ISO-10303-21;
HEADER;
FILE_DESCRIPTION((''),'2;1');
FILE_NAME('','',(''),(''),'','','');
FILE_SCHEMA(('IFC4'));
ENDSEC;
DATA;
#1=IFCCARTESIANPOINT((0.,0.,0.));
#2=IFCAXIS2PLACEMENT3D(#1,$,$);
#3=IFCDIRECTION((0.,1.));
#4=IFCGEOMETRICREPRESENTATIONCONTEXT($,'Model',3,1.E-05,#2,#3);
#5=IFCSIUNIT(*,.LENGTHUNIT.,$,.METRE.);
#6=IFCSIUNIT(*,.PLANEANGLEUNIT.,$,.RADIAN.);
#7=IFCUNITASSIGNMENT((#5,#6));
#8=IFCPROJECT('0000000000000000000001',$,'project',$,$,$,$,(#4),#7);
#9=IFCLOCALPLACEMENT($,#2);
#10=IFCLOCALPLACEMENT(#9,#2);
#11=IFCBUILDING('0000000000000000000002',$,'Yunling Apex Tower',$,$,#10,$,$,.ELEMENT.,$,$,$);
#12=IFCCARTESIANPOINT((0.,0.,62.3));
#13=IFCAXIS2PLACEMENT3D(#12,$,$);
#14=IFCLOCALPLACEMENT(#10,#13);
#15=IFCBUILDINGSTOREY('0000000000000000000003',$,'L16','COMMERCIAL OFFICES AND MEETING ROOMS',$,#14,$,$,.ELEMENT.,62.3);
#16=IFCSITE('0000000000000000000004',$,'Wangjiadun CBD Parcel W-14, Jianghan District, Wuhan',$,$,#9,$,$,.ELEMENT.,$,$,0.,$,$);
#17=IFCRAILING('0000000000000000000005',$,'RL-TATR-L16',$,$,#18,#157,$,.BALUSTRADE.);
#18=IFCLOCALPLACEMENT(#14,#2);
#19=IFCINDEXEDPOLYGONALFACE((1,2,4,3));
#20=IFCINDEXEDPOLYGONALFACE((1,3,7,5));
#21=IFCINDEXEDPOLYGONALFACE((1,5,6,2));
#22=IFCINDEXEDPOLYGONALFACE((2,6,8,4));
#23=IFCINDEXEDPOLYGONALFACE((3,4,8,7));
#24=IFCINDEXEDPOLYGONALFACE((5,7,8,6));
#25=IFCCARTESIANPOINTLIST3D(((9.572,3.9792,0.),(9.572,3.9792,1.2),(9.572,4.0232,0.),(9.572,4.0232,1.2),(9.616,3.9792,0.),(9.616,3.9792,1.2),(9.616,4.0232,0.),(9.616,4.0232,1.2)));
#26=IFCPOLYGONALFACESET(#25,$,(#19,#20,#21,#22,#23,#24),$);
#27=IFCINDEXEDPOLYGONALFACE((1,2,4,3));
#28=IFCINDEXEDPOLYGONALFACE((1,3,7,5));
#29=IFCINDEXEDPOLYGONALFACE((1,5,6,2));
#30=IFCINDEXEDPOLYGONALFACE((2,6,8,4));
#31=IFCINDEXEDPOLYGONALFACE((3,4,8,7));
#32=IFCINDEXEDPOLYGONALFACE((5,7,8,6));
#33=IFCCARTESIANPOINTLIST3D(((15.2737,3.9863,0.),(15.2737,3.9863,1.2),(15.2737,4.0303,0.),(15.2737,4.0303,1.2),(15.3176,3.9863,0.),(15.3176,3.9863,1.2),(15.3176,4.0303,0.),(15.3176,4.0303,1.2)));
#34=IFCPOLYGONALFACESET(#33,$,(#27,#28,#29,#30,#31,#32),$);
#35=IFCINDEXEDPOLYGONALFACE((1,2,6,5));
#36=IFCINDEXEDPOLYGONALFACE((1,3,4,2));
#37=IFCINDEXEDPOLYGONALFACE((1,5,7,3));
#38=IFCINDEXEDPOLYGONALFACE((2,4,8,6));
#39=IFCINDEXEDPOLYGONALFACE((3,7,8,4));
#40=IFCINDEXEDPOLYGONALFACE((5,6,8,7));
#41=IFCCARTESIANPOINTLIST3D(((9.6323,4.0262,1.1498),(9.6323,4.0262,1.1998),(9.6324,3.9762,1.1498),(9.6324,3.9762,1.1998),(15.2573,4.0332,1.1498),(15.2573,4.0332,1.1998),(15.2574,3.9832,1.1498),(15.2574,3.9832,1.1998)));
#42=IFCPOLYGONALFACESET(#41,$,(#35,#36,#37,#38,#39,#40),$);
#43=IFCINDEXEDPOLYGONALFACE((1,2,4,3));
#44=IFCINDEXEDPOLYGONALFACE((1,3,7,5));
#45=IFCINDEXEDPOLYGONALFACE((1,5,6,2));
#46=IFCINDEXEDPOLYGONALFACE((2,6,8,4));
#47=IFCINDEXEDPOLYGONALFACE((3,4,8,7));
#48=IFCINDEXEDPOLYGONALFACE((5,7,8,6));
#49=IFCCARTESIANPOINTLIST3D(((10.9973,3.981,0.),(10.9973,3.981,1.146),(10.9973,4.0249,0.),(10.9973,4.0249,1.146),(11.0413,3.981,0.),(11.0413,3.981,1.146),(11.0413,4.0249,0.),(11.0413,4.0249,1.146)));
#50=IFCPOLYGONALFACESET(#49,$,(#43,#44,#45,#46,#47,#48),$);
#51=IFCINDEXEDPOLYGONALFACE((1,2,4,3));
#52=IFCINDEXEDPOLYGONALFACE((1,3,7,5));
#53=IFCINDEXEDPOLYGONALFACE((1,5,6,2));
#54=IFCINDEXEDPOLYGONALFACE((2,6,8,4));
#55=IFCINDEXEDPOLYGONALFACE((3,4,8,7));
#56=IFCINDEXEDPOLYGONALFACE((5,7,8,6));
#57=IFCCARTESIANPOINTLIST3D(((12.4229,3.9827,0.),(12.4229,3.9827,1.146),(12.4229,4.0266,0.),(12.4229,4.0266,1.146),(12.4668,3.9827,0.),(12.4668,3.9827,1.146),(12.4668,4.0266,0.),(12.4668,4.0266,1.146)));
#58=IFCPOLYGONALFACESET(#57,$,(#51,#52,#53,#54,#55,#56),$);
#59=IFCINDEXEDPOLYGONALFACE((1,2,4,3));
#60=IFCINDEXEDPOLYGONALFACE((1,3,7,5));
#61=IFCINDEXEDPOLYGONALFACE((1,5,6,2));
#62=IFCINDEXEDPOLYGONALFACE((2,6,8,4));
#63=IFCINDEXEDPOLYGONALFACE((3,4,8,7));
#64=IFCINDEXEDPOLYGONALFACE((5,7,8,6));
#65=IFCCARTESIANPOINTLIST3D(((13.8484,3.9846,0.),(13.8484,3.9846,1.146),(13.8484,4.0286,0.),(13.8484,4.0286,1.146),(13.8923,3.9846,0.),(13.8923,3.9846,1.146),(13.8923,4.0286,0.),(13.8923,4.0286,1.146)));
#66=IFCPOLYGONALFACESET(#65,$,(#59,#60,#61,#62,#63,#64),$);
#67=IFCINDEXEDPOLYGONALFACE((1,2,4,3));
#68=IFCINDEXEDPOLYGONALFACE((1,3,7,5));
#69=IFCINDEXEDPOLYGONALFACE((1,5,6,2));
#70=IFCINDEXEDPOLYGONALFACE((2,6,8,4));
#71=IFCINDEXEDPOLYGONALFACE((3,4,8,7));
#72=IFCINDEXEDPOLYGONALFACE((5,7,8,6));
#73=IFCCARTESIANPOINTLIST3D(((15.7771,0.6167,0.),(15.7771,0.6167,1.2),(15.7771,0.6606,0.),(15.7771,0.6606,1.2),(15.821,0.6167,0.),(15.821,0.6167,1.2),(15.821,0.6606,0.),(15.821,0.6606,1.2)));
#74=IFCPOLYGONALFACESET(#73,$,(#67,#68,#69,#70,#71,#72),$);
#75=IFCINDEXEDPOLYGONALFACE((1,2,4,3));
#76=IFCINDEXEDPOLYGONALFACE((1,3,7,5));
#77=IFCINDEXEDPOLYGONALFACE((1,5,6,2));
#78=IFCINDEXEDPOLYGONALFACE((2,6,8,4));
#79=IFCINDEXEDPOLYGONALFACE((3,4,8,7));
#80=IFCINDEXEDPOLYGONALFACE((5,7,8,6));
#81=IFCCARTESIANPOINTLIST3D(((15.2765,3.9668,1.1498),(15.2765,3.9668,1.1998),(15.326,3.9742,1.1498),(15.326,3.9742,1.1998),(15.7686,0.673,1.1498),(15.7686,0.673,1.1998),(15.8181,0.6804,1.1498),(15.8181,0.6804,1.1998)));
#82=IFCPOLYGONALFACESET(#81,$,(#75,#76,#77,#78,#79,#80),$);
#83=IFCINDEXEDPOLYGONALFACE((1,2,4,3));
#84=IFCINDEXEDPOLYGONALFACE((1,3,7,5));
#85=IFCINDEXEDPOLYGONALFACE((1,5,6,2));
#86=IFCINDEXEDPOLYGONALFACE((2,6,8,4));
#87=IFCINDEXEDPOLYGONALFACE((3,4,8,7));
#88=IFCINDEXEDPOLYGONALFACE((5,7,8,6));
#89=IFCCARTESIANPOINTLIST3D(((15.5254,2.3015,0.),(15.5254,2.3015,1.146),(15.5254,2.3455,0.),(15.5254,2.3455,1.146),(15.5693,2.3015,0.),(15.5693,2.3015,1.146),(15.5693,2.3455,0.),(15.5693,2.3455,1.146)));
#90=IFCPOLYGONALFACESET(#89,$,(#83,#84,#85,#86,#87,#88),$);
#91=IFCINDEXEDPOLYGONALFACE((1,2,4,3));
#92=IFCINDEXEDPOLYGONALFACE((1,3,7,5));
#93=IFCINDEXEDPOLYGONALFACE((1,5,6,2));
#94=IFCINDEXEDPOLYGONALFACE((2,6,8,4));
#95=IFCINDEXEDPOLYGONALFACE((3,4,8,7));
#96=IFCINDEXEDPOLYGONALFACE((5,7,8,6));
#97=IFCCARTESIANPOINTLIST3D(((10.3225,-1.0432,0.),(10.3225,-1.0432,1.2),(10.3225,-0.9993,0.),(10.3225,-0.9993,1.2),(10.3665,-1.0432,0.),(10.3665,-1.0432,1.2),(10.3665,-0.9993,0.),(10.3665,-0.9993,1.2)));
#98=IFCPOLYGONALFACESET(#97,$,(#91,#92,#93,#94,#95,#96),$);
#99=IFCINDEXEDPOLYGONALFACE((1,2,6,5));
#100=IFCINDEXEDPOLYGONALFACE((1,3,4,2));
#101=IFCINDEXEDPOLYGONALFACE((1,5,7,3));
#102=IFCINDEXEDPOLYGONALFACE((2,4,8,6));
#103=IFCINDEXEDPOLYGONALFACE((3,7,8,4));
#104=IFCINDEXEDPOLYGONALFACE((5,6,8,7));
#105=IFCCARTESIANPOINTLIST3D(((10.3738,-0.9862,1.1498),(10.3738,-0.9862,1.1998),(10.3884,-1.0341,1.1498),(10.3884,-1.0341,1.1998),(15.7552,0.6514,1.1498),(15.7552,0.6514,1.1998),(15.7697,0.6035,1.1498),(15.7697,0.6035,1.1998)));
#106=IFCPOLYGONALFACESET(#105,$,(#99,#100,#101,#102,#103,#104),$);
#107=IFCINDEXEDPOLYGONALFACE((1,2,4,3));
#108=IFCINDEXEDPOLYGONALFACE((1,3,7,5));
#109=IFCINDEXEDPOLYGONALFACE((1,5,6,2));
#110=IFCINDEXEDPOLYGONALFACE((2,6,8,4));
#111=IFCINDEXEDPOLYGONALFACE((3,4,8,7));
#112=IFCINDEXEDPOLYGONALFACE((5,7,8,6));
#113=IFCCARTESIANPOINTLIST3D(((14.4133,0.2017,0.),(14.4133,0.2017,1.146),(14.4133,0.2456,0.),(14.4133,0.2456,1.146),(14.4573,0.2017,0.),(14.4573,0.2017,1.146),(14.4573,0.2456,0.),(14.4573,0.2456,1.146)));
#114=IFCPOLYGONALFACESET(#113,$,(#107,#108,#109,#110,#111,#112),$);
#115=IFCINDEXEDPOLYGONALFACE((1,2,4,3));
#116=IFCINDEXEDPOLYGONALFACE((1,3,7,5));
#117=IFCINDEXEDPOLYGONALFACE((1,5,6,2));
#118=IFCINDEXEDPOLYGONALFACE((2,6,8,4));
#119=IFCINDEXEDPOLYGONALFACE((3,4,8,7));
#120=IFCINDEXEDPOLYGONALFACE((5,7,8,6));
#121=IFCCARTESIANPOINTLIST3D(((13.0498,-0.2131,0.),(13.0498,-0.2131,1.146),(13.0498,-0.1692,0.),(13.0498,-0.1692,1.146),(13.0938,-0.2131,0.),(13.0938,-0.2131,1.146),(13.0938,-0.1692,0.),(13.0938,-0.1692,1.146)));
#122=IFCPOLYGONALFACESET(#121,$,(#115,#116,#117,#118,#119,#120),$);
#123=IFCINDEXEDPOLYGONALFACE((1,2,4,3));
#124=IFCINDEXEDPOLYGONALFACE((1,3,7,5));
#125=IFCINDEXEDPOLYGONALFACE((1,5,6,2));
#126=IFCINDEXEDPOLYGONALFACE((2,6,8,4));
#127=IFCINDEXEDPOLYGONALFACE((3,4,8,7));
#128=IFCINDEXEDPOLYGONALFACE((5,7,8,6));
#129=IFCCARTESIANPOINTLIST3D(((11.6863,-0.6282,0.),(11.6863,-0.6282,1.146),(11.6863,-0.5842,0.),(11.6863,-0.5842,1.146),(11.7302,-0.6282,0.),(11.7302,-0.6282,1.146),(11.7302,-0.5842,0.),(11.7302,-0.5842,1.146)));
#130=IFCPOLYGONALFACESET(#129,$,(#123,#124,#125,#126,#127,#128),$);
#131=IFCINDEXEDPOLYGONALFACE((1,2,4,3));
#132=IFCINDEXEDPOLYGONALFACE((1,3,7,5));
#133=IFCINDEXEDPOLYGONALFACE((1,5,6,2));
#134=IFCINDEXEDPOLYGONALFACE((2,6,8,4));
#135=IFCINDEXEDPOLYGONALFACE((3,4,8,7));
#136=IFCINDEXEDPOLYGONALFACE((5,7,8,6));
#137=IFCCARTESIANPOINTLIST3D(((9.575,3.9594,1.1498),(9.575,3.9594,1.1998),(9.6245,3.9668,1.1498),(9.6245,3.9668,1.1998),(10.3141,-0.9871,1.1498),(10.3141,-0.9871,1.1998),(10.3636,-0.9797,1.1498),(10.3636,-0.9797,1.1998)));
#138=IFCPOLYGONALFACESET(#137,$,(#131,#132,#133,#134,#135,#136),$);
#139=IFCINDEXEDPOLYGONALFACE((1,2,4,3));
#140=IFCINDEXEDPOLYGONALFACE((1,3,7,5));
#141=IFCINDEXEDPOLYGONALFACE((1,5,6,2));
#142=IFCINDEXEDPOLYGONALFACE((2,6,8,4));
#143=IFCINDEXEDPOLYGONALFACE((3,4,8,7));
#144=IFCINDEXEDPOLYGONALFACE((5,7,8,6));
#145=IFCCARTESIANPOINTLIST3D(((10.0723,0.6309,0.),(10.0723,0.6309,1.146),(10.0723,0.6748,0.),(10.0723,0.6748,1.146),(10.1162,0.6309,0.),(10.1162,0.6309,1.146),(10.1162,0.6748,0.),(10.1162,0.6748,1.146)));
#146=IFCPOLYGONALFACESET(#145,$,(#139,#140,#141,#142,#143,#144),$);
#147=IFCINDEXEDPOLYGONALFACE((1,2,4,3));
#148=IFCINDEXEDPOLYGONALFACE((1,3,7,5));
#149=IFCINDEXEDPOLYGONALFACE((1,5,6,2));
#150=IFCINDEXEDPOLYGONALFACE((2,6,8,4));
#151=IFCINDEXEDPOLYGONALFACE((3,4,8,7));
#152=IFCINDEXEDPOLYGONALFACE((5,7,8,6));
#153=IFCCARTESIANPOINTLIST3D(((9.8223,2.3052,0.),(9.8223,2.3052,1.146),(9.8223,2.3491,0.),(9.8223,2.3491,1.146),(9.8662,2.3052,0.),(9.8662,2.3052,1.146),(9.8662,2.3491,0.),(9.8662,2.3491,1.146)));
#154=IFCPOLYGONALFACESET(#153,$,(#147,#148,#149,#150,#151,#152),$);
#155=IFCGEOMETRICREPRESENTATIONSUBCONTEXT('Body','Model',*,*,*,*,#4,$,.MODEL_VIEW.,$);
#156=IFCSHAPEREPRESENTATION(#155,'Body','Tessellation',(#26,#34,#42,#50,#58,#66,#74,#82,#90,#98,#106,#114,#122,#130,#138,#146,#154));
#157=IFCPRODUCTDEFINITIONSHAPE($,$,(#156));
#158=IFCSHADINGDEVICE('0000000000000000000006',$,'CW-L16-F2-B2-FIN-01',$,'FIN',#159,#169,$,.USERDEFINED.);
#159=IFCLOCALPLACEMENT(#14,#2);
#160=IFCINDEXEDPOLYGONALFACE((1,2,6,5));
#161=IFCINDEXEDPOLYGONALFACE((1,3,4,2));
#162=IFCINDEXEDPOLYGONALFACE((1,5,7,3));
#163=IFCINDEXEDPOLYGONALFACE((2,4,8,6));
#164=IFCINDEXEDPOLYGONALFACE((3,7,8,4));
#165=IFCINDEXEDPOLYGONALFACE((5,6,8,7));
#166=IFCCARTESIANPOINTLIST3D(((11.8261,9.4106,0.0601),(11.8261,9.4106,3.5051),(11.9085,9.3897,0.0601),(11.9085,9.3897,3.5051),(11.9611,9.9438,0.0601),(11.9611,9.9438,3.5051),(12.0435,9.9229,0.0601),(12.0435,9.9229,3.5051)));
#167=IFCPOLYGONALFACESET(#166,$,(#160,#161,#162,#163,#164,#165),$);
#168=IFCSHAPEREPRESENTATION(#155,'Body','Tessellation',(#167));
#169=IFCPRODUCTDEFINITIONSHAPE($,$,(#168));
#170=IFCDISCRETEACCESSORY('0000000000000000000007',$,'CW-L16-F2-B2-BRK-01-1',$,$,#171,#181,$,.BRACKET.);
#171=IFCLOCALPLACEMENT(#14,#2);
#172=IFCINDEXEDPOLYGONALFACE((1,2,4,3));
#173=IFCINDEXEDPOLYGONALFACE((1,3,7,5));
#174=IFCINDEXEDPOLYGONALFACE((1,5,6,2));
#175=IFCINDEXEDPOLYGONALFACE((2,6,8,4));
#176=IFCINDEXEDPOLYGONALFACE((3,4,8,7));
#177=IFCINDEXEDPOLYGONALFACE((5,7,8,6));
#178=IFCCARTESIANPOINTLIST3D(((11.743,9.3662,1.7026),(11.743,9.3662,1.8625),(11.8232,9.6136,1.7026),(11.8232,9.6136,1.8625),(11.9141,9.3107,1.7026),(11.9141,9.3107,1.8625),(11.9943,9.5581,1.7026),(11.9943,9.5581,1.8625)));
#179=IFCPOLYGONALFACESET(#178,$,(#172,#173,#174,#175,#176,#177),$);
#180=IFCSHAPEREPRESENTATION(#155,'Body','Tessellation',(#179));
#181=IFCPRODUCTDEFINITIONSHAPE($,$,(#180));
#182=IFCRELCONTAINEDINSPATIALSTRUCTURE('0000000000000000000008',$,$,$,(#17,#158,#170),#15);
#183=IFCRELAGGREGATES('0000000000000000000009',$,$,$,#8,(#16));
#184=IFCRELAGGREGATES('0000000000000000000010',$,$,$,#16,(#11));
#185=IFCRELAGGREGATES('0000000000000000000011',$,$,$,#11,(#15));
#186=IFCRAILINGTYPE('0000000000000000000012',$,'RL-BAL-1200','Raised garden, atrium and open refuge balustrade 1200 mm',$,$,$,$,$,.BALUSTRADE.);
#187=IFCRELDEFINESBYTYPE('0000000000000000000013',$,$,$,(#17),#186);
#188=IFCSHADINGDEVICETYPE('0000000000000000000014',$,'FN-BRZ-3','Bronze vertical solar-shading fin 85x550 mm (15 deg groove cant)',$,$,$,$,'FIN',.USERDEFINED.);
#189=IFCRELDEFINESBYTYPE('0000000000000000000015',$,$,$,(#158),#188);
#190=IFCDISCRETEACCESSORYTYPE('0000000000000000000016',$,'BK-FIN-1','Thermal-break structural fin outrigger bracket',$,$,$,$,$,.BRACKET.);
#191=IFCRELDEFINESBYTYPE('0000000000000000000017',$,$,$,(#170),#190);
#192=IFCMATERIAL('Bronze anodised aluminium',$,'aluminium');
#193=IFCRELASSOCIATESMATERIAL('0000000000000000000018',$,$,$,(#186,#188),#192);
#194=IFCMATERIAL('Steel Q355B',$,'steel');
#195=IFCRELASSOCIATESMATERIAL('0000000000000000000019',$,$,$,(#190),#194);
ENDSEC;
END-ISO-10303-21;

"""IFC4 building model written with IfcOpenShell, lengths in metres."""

from ifc_helpers import new_model, si_unit, direction, frame, origin, origin_2d, place, context, subcontext, project, spatial, rectangle, extrude, source, transform, mapped, material, material_profile, profile_set, type_object, element, save


model = new_model("IFC4")

# Units and contexts
model_context = context("Model", 3, precision=1e-05, world=origin(), true_north=direction((0.0, 1.0)))
body_context = subcontext(model_context, "Body", "Model", "MODEL_VIEW")
ifc_project = project(units=[si_unit("LENGTHUNIT", "METRE"), si_unit("PLANEANGLEUNIT", "RADIAN")], contexts=[model_context])

# Site, building, storey
site_placement = place(None, origin())
site = spatial("IfcSite", under=ifc_project, at=site_placement, Name="Wangjiadun CBD Parcel W-14, Jianghan District, Wuhan", CompositionType="ELEMENT", RefElevation=0.0)
building_placement = place(site_placement, origin())
building = spatial("IfcBuilding", under=site, at=building_placement, Name="Yunling Apex Tower", CompositionType="ELEMENT")
storey_placement = place(building_placement, frame((0.0, 0.0, 62.3)))
storey = spatial("IfcBuildingStorey", under=building, at=storey_placement, Name="L16", Description="COMMERCIAL OFFICES AND MEETING ROOMS", CompositionType="ELEMENT", Elevation=62.3)

# Shared definitions
ifc_material_1 = material(Name="Steel Q355B", Category="steel")

# Shared definitions
ifc_material_2 = material(Name="Bronze anodised aluminium", Category="aluminium")

# Railing
railing_type = type_object("IfcRailingType", Name="RL-BAL-1200", Description="Raised garden, atrium and open refuge balustrade 1200 mm", PredefinedType="BALUSTRADE", material=ifc_material_2)
railing_1_placement = place(storey_placement, frame((9.594, 4.0012, 0.0)))
element("IfcRailing", 1, at=railing_1_placement, inside=storey, type_object=railing_type, Name="RL-TATR-L16", PredefinedType="BALUSTRADE", context=body_context, shape_type="SweptSolid", body=[
    extrude(rectangle(XDim=0.0439, YDim=0.0439, at=origin_2d()), origin(), (0.0, 0.0, 1.0), 1.2),
    extrude(rectangle(XDim=0.0439, YDim=0.0439, at=origin_2d()), frame((5.7017, 0.0071, 0.0)), (0.0, 0.0, 1.0), 1.2),
    extrude(rectangle(XDim=0.05, YDim=0.05, at=origin_2d()), frame((0.0383, 0.0, 1.1748), z_axis=(0.999999, 0.001242, 0.0), x_axis=(-0.001242, 0.999999, 0.0)), (0.0, 0.0, 1.0), 5.625),
    extrude(rectangle(XDim=0.0439, YDim=0.0439, at=origin_2d()), frame((1.4253, 0.0017, 0.0)), (0.0, 0.0, 1.0), 1.146),
    extrude(rectangle(XDim=0.0439, YDim=0.0439, at=origin_2d()), frame((2.8508, 0.0034, 0.0)), (0.0, 0.0, 1.0), 1.146),
    extrude(rectangle(XDim=0.0439, YDim=0.0439, at=origin_2d()), frame((4.2764, 0.0054, 0.0)), (0.0, 0.0, 1.0), 1.146),
    extrude(rectangle(XDim=0.0439, YDim=0.0439, at=origin_2d()), frame((6.2051, -3.3625, 0.0)), (0.0, 0.0, 1.0), 1.2),
    extrude(rectangle(XDim=0.05, YDim=0.05, at=origin_2d()), frame((5.7073, -0.0308, 1.1748), z_axis=(0.147759, -0.989023, 0.0), x_axis=(0.989023, 0.147759, 0.0)), (0.0, 0.0, 1.0), 3.3303),
    extrude(rectangle(XDim=0.0439, YDim=0.0439, at=origin_2d()), frame((5.9534, -1.6777, 0.0)), (0.0, 0.0, 1.0), 1.146),
    extrude(rectangle(XDim=0.0439, YDim=0.0439, at=origin_2d()), frame((0.7505, -5.0225, 0.0)), (0.0, 0.0, 1.0), 1.2),
    extrude(rectangle(XDim=0.05, YDim=0.05, at=origin_2d()), frame((6.1685, -3.3738, 1.1748), z_axis=(-0.956683, -0.291133, 0.0), x_axis=(0.291133, -0.956683, 0.0)), (0.0, 0.0, 1.0), 5.625),
    extrude(rectangle(XDim=0.0439, YDim=0.0439, at=origin_2d()), frame((4.8413, -3.7776, 0.0)), (0.0, 0.0, 1.0), 1.146),
    extrude(rectangle(XDim=0.0439, YDim=0.0439, at=origin_2d()), frame((3.4778, -4.1924, 0.0)), (0.0, 0.0, 1.0), 1.146),
    extrude(rectangle(XDim=0.0439, YDim=0.0439, at=origin_2d()), frame((2.1143, -4.6074, 0.0)), (0.0, 0.0, 1.0), 1.146),
    extrude(rectangle(XDim=0.05, YDim=0.05, at=origin_2d()), frame((0.7449, -4.9846, 1.1748), z_axis=(-0.147786, 0.989019, 0.0), x_axis=(-0.989019, -0.147786, 0.0)), (0.0, 0.0, 1.0), 5.0015),
    extrude(rectangle(XDim=0.0439, YDim=0.0439, at=origin_2d()), frame((0.5002, -3.3484, 0.0)), (0.0, 0.0, 1.0), 1.146),
    extrude(rectangle(XDim=0.0439, YDim=0.0439, at=origin_2d()), frame((0.2502, -1.6741, 0.0)), (0.0, 0.0, 1.0), 1.146),
])

# Shading device
ifc_material_profile_1 = material_profile(ifc_material_2, rectangle(XDim=0.085, YDim=0.55, at=origin_2d()))
ifc_profile_set_1 = profile_set([ifc_material_profile_1], Name="Bronze anodised aluminium")
shading_device_type = type_object("IfcShadingDeviceType", Name="FN-BRZ-3", Description="Bronze vertical solar-shading fin 85x550 mm (15 deg groove cant)", ElementType="FIN", PredefinedType="USERDEFINED", material=ifc_profile_set_1)
shared_shape_1 = source(origin(), body_context, "Body", "SweptSolid", [
    extrude(rectangle(XDim=0.085, YDim=0.55, at=origin_2d()), origin(), (0.0, 0.0, 1.0), 3.4451),
])
shading_device_placement = place(storey_placement, frame((11.9348, 9.6667, 0.0601), z_axis=(0.0, 0.0, 1.0), x_axis=(-0.969403, 0.245477, 0.0)))
element("IfcShadingDevice", 2, at=shading_device_placement, inside=storey, type_object=shading_device_type, Name="CW-L16-F2-B2-FIN-01", ObjectType="FIN", PredefinedType="USERDEFINED", context=body_context, shape_type="MappedRepresentation", body=[
    mapped(shared_shape_1, transform((0.0, 0.0, 0.0), scale=1.0)),
])

# Discrete accessory
discrete_accessory_type = type_object("IfcDiscreteAccessoryType", Name="BK-FIN-1", Description="Thermal-break structural fin outrigger bracket", PredefinedType="BRACKET", material=ifc_material_1)
shared_shape_2 = source(origin(), body_context, "Body", "SweptSolid", [
    extrude(rectangle(XDim=0.1799, YDim=0.26, at=origin_2d()), origin(), (0.0, 0.0, 1.0), 0.1599),
])
discrete_accessory_placement = place(storey_placement, frame((11.8687, 9.4622, 1.7026), z_axis=(0.0, 0.0, 1.0), x_axis=(-0.951272, 0.308353, 0.0)))
element("IfcDiscreteAccessory", 3, at=discrete_accessory_placement, inside=storey, type_object=discrete_accessory_type, Name="CW-L16-F2-B2-BRK-01-1", PredefinedType="BRACKET", context=body_context, shape_type="MappedRepresentation", body=[
    mapped(shared_shape_2, transform((0.0, 0.0, 0.0), scale=1.0)),
])

save(model, "model.ifc")
